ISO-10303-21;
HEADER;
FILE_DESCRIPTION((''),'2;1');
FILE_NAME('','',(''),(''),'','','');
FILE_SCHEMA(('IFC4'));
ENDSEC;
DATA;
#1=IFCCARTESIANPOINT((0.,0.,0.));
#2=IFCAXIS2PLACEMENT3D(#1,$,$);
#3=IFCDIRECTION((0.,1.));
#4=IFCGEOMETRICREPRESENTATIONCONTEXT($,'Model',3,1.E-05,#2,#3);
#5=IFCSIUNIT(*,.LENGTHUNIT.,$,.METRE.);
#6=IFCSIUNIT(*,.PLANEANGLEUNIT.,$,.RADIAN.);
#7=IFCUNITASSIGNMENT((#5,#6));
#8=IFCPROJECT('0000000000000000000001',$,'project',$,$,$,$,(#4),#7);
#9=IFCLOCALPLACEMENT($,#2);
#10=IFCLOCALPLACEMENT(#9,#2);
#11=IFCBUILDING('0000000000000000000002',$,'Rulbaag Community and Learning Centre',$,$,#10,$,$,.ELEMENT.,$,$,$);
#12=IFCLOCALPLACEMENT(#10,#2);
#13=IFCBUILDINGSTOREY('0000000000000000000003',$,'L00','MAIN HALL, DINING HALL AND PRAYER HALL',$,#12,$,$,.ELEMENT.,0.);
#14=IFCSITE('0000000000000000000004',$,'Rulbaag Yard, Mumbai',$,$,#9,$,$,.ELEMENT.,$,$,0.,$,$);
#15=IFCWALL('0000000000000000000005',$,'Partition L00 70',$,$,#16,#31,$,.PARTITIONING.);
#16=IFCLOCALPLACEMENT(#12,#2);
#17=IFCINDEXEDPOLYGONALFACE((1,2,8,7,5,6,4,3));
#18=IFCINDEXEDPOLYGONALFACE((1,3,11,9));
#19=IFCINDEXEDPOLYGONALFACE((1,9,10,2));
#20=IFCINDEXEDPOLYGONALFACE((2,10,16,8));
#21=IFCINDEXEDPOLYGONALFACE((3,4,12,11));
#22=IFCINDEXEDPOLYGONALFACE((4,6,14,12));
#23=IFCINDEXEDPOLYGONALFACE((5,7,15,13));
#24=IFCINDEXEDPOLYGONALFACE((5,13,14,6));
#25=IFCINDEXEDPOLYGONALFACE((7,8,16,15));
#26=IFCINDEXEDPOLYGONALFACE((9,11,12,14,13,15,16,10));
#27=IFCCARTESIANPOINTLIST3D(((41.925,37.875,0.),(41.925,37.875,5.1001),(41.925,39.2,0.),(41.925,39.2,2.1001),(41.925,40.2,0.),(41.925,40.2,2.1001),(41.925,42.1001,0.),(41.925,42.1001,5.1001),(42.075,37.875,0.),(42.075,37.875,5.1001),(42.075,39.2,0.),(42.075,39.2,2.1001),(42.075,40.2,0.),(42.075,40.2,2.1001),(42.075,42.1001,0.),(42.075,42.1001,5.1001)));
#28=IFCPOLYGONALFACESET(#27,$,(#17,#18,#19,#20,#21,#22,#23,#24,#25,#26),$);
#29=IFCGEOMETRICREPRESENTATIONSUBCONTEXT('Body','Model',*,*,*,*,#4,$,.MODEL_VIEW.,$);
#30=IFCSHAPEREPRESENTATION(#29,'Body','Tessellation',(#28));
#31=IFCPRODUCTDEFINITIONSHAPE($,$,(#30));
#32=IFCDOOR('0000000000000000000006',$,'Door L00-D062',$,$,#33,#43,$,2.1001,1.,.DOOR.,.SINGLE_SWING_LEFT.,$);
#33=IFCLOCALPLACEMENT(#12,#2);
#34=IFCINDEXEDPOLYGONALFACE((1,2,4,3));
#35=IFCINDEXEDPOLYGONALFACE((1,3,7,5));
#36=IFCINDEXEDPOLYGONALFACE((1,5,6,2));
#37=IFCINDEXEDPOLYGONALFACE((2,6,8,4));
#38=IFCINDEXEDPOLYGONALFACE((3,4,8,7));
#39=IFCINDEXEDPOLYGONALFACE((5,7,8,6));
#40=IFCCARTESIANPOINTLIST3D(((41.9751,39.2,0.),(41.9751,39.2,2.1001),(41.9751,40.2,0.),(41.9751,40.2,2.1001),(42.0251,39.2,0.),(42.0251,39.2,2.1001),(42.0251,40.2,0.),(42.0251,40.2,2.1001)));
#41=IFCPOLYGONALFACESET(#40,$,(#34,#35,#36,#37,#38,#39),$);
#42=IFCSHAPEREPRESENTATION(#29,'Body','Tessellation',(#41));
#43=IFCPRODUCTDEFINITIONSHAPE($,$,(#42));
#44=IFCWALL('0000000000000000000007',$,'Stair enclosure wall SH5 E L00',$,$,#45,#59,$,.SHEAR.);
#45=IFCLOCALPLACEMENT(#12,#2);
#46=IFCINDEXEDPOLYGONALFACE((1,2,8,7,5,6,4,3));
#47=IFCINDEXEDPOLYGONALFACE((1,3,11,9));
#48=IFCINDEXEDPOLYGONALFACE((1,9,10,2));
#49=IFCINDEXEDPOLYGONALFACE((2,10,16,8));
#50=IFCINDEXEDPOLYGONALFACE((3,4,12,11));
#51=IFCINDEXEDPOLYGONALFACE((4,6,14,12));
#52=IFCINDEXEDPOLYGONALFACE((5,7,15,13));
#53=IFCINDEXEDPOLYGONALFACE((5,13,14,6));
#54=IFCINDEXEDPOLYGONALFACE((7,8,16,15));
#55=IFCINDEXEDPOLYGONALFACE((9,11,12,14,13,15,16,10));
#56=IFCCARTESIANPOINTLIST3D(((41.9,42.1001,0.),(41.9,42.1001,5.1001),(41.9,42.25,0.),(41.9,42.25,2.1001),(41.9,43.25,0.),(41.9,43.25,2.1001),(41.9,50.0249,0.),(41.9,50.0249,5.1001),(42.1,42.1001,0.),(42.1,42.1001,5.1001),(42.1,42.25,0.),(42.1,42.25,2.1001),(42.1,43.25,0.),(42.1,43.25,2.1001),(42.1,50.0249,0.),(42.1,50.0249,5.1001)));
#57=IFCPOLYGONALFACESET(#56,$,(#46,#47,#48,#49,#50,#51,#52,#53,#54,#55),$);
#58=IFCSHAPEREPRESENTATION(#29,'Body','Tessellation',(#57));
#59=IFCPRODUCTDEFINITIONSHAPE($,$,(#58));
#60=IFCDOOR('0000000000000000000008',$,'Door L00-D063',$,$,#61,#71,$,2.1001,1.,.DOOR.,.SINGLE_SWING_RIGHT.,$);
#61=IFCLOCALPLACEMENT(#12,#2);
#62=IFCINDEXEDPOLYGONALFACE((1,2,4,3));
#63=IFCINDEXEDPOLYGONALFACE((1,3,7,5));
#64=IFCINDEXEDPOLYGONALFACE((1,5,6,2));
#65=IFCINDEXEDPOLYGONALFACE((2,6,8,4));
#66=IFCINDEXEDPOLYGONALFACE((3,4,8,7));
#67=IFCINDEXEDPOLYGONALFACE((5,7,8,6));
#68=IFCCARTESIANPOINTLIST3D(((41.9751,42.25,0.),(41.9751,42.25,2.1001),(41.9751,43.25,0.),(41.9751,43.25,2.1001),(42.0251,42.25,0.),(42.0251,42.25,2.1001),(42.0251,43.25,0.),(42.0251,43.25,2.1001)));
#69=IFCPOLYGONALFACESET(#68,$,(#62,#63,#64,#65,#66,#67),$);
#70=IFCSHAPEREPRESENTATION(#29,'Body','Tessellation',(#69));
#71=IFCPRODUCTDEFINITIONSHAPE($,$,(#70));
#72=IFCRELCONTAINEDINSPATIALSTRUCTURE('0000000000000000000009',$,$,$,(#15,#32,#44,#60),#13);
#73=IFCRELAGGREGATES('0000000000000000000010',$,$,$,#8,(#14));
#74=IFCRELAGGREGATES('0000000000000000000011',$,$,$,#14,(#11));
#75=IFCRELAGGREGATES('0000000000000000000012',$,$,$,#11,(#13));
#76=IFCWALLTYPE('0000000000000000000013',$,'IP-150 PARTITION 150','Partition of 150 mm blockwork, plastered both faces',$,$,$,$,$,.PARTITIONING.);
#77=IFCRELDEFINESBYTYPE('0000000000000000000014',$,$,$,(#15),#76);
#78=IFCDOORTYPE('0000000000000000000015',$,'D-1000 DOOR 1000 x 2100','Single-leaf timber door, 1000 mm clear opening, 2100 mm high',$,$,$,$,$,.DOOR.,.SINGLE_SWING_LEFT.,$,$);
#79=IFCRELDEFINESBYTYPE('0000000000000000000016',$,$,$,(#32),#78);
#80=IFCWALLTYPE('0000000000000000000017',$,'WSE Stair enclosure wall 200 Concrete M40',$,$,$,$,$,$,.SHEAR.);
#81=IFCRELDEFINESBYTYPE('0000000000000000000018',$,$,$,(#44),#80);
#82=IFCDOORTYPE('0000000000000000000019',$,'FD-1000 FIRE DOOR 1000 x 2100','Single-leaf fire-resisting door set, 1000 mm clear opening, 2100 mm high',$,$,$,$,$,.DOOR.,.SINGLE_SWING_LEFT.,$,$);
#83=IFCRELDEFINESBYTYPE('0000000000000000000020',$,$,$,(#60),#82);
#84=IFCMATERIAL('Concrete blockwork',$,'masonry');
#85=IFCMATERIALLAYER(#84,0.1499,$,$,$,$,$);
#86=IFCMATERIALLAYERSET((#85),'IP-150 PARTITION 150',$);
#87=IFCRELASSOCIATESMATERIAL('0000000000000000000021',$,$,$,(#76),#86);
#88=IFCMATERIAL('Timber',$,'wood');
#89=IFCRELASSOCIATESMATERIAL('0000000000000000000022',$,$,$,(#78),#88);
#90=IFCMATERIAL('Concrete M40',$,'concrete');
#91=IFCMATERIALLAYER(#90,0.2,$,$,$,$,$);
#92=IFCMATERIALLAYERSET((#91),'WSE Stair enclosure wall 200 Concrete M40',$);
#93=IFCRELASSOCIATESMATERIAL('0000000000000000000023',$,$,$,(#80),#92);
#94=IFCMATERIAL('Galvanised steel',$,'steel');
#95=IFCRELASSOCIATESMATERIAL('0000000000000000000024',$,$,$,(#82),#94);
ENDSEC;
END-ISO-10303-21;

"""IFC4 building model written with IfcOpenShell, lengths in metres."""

from ifc_helpers import new_model, si_unit, direction, frame, frame_2d, origin, place, context, subcontext, project, spatial, rectangle, extrude, material, layer, layer_set, type_object, element, fill, save


model = new_model("IFC4")

# Units and contexts
model_context = context("Model", 3, precision=1e-05, world=origin(), true_north=direction((0.0, 1.0)))
body_context = subcontext(model_context, "Body", "Model", "MODEL_VIEW")
ifc_project = project(units=[si_unit("LENGTHUNIT", "METRE"), si_unit("PLANEANGLEUNIT", "RADIAN")], contexts=[model_context])

# Site, building, storey
site_placement = place(None, origin())
site = spatial("IfcSite", under=ifc_project, at=site_placement, Name="Rulbaag Yard, Mumbai", CompositionType="ELEMENT", RefElevation=0.0)
building_placement = place(site_placement, origin())
building = spatial("IfcBuilding", under=site, at=building_placement, Name="Rulbaag Community and Learning Centre", CompositionType="ELEMENT")
storey_placement = place(building_placement, origin())
storey = spatial("IfcBuildingStorey", under=building, at=storey_placement, Name="L00", Description="MAIN HALL, DINING HALL AND PRAYER HALL", CompositionType="ELEMENT", Elevation=0.0)

# Shared definitions
ifc_material_1 = material(Name="Concrete M40", Category="concrete")

# Shared definitions
ifc_material_2 = material(Name="Concrete blockwork", Category="masonry")
ifc_layer_1 = layer(ifc_material_2, 0.1499)
ifc_layer_set_1 = layer_set([ifc_layer_1], Name="IP-150 PARTITION 150")
wall_type_1 = type_object("IfcWallType", Name="IP-150 PARTITION 150", Description="Partition of 150 mm blockwork, plastered both faces", PredefinedType="PARTITIONING", material=ifc_layer_set_1)
ifc_material_3 = material(Name="Timber", Category="wood")

# Wall, opening, door
wall_1_placement = place(storey_placement, frame((42.0, 37.875, 0.0), z_axis=(0.0, 0.0, 1.0), x_axis=(0.0, 1.0, 0.0)))
wall_1 = element("IfcWall", 1, at=wall_1_placement, inside=storey, type_object=wall_type_1, Name="Partition L00 70", PredefinedType="PARTITIONING", context=body_context, shape_type="SweptSolid", body=[
    extrude(rectangle(XDim=4.2251, YDim=0.1499, at=frame_2d((2.1125, 0.0))), origin(), (0.0, 0.0, 1.0), 5.1001),
])
opening_1_placement = place(wall_1_placement, frame((1.325, 0.0, 0.0)))
opening_1 = element("IfcOpeningElement", 2, at=opening_1_placement, cuts=wall_1, PredefinedType="OPENING", context=body_context, shape_type="SweptSolid", body=[
    extrude(rectangle(XDim=1.0, YDim=2.1001, at=frame_2d((0.5, 1.05))), frame((0.0, 0.085, 0.0), z_axis=(0.0, -1.0, 0.0), x_axis=(1.0, 0.0, 0.0)), (0.0, 0.0, 1.0), 0.1699),
])
door_type_1 = type_object("IfcDoorType", Name="D-1000 DOOR 1000 x 2100", Description="Single-leaf timber door, 1000 mm clear opening, 2100 mm high", OperationType="SINGLE_SWING_LEFT", PredefinedType="DOOR", material=ifc_material_3)
door_1_placement = place(opening_1_placement, origin())
door_1 = element("IfcDoor", 3, at=door_1_placement, inside=storey, type_object=door_type_1, Name="Door L00-D062", OperationType="SINGLE_SWING_LEFT", OverallHeight=2.1001, OverallWidth=1.0, PredefinedType="DOOR", context=body_context, shape_type="SweptSolid", body=[
    extrude(rectangle(XDim=1.0, YDim=2.1001, at=frame_2d((0.5, 1.05))), frame((0.0, 0.0249, 0.0), z_axis=(0.0, -1.0, 0.0), x_axis=(1.0, 0.0, 0.0)), (0.0, 0.0, 1.0), 0.05),
])
fill(opening_1, door_1)

# Wall, opening, door
ifc_layer_2 = layer(ifc_material_1, 0.2)
ifc_layer_set_2 = layer_set([ifc_layer_2], Name="WSE Stair enclosure wall 200 Concrete M40")
wall_type_2 = type_object("IfcWallType", Name="WSE Stair enclosure wall 200 Concrete M40", PredefinedType="SHEAR", material=ifc_layer_set_2)
wall_2_placement = place(storey_placement, frame((42.0, 42.1001, 0.0), z_axis=(0.0, 0.0, 1.0), x_axis=(0.0, 1.0, 0.0)))
wall_2 = element("IfcWall", 4, at=wall_2_placement, inside=storey, type_object=wall_type_2, Name="Stair enclosure wall SH5 E L00", PredefinedType="SHEAR", context=body_context, shape_type="SweptSolid", body=[
    extrude(rectangle(XDim=7.9248, YDim=0.2, at=frame_2d((3.9624, 0.0))), origin(), (0.0, 0.0, 1.0), 5.1001),
])
opening_2_placement = place(wall_2_placement, frame((0.1499, 0.0, 0.0)))
opening_2 = element("IfcOpeningElement", 5, at=opening_2_placement, cuts=wall_2, PredefinedType="OPENING", context=body_context, shape_type="SweptSolid", body=[
    extrude(rectangle(XDim=1.0, YDim=2.1001, at=frame_2d((0.5, 1.05))), frame((0.0, 0.1099, 0.0), z_axis=(0.0, -1.0, 0.0), x_axis=(1.0, 0.0, 0.0)), (0.0, 0.0, 1.0), 0.22),
])
ifc_material_4 = material(Name="Galvanised steel", Category="steel")
door_type_2 = type_object("IfcDoorType", Name="FD-1000 FIRE DOOR 1000 x 2100", Description="Single-leaf fire-resisting door set, 1000 mm clear opening, 2100 mm high", OperationType="SINGLE_SWING_LEFT", PredefinedType="DOOR", material=ifc_material_4)
door_2_placement = place(opening_2_placement, origin())
door_2 = element("IfcDoor", 6, at=door_2_placement, inside=storey, type_object=door_type_2, Name="Door L00-D063", OperationType="SINGLE_SWING_RIGHT", OverallHeight=2.1001, OverallWidth=1.0, PredefinedType="DOOR", context=body_context, shape_type="SweptSolid", body=[
    extrude(rectangle(XDim=1.0, YDim=2.1001, at=frame_2d((0.5, 1.05))), frame((0.0, 0.0249, 0.0), z_axis=(0.0, -1.0, 0.0), x_axis=(1.0, 0.0, 0.0)), (0.0, 0.0, 1.0), 0.05),
])
fill(opening_2, door_2)

save(model, "model.ifc")
